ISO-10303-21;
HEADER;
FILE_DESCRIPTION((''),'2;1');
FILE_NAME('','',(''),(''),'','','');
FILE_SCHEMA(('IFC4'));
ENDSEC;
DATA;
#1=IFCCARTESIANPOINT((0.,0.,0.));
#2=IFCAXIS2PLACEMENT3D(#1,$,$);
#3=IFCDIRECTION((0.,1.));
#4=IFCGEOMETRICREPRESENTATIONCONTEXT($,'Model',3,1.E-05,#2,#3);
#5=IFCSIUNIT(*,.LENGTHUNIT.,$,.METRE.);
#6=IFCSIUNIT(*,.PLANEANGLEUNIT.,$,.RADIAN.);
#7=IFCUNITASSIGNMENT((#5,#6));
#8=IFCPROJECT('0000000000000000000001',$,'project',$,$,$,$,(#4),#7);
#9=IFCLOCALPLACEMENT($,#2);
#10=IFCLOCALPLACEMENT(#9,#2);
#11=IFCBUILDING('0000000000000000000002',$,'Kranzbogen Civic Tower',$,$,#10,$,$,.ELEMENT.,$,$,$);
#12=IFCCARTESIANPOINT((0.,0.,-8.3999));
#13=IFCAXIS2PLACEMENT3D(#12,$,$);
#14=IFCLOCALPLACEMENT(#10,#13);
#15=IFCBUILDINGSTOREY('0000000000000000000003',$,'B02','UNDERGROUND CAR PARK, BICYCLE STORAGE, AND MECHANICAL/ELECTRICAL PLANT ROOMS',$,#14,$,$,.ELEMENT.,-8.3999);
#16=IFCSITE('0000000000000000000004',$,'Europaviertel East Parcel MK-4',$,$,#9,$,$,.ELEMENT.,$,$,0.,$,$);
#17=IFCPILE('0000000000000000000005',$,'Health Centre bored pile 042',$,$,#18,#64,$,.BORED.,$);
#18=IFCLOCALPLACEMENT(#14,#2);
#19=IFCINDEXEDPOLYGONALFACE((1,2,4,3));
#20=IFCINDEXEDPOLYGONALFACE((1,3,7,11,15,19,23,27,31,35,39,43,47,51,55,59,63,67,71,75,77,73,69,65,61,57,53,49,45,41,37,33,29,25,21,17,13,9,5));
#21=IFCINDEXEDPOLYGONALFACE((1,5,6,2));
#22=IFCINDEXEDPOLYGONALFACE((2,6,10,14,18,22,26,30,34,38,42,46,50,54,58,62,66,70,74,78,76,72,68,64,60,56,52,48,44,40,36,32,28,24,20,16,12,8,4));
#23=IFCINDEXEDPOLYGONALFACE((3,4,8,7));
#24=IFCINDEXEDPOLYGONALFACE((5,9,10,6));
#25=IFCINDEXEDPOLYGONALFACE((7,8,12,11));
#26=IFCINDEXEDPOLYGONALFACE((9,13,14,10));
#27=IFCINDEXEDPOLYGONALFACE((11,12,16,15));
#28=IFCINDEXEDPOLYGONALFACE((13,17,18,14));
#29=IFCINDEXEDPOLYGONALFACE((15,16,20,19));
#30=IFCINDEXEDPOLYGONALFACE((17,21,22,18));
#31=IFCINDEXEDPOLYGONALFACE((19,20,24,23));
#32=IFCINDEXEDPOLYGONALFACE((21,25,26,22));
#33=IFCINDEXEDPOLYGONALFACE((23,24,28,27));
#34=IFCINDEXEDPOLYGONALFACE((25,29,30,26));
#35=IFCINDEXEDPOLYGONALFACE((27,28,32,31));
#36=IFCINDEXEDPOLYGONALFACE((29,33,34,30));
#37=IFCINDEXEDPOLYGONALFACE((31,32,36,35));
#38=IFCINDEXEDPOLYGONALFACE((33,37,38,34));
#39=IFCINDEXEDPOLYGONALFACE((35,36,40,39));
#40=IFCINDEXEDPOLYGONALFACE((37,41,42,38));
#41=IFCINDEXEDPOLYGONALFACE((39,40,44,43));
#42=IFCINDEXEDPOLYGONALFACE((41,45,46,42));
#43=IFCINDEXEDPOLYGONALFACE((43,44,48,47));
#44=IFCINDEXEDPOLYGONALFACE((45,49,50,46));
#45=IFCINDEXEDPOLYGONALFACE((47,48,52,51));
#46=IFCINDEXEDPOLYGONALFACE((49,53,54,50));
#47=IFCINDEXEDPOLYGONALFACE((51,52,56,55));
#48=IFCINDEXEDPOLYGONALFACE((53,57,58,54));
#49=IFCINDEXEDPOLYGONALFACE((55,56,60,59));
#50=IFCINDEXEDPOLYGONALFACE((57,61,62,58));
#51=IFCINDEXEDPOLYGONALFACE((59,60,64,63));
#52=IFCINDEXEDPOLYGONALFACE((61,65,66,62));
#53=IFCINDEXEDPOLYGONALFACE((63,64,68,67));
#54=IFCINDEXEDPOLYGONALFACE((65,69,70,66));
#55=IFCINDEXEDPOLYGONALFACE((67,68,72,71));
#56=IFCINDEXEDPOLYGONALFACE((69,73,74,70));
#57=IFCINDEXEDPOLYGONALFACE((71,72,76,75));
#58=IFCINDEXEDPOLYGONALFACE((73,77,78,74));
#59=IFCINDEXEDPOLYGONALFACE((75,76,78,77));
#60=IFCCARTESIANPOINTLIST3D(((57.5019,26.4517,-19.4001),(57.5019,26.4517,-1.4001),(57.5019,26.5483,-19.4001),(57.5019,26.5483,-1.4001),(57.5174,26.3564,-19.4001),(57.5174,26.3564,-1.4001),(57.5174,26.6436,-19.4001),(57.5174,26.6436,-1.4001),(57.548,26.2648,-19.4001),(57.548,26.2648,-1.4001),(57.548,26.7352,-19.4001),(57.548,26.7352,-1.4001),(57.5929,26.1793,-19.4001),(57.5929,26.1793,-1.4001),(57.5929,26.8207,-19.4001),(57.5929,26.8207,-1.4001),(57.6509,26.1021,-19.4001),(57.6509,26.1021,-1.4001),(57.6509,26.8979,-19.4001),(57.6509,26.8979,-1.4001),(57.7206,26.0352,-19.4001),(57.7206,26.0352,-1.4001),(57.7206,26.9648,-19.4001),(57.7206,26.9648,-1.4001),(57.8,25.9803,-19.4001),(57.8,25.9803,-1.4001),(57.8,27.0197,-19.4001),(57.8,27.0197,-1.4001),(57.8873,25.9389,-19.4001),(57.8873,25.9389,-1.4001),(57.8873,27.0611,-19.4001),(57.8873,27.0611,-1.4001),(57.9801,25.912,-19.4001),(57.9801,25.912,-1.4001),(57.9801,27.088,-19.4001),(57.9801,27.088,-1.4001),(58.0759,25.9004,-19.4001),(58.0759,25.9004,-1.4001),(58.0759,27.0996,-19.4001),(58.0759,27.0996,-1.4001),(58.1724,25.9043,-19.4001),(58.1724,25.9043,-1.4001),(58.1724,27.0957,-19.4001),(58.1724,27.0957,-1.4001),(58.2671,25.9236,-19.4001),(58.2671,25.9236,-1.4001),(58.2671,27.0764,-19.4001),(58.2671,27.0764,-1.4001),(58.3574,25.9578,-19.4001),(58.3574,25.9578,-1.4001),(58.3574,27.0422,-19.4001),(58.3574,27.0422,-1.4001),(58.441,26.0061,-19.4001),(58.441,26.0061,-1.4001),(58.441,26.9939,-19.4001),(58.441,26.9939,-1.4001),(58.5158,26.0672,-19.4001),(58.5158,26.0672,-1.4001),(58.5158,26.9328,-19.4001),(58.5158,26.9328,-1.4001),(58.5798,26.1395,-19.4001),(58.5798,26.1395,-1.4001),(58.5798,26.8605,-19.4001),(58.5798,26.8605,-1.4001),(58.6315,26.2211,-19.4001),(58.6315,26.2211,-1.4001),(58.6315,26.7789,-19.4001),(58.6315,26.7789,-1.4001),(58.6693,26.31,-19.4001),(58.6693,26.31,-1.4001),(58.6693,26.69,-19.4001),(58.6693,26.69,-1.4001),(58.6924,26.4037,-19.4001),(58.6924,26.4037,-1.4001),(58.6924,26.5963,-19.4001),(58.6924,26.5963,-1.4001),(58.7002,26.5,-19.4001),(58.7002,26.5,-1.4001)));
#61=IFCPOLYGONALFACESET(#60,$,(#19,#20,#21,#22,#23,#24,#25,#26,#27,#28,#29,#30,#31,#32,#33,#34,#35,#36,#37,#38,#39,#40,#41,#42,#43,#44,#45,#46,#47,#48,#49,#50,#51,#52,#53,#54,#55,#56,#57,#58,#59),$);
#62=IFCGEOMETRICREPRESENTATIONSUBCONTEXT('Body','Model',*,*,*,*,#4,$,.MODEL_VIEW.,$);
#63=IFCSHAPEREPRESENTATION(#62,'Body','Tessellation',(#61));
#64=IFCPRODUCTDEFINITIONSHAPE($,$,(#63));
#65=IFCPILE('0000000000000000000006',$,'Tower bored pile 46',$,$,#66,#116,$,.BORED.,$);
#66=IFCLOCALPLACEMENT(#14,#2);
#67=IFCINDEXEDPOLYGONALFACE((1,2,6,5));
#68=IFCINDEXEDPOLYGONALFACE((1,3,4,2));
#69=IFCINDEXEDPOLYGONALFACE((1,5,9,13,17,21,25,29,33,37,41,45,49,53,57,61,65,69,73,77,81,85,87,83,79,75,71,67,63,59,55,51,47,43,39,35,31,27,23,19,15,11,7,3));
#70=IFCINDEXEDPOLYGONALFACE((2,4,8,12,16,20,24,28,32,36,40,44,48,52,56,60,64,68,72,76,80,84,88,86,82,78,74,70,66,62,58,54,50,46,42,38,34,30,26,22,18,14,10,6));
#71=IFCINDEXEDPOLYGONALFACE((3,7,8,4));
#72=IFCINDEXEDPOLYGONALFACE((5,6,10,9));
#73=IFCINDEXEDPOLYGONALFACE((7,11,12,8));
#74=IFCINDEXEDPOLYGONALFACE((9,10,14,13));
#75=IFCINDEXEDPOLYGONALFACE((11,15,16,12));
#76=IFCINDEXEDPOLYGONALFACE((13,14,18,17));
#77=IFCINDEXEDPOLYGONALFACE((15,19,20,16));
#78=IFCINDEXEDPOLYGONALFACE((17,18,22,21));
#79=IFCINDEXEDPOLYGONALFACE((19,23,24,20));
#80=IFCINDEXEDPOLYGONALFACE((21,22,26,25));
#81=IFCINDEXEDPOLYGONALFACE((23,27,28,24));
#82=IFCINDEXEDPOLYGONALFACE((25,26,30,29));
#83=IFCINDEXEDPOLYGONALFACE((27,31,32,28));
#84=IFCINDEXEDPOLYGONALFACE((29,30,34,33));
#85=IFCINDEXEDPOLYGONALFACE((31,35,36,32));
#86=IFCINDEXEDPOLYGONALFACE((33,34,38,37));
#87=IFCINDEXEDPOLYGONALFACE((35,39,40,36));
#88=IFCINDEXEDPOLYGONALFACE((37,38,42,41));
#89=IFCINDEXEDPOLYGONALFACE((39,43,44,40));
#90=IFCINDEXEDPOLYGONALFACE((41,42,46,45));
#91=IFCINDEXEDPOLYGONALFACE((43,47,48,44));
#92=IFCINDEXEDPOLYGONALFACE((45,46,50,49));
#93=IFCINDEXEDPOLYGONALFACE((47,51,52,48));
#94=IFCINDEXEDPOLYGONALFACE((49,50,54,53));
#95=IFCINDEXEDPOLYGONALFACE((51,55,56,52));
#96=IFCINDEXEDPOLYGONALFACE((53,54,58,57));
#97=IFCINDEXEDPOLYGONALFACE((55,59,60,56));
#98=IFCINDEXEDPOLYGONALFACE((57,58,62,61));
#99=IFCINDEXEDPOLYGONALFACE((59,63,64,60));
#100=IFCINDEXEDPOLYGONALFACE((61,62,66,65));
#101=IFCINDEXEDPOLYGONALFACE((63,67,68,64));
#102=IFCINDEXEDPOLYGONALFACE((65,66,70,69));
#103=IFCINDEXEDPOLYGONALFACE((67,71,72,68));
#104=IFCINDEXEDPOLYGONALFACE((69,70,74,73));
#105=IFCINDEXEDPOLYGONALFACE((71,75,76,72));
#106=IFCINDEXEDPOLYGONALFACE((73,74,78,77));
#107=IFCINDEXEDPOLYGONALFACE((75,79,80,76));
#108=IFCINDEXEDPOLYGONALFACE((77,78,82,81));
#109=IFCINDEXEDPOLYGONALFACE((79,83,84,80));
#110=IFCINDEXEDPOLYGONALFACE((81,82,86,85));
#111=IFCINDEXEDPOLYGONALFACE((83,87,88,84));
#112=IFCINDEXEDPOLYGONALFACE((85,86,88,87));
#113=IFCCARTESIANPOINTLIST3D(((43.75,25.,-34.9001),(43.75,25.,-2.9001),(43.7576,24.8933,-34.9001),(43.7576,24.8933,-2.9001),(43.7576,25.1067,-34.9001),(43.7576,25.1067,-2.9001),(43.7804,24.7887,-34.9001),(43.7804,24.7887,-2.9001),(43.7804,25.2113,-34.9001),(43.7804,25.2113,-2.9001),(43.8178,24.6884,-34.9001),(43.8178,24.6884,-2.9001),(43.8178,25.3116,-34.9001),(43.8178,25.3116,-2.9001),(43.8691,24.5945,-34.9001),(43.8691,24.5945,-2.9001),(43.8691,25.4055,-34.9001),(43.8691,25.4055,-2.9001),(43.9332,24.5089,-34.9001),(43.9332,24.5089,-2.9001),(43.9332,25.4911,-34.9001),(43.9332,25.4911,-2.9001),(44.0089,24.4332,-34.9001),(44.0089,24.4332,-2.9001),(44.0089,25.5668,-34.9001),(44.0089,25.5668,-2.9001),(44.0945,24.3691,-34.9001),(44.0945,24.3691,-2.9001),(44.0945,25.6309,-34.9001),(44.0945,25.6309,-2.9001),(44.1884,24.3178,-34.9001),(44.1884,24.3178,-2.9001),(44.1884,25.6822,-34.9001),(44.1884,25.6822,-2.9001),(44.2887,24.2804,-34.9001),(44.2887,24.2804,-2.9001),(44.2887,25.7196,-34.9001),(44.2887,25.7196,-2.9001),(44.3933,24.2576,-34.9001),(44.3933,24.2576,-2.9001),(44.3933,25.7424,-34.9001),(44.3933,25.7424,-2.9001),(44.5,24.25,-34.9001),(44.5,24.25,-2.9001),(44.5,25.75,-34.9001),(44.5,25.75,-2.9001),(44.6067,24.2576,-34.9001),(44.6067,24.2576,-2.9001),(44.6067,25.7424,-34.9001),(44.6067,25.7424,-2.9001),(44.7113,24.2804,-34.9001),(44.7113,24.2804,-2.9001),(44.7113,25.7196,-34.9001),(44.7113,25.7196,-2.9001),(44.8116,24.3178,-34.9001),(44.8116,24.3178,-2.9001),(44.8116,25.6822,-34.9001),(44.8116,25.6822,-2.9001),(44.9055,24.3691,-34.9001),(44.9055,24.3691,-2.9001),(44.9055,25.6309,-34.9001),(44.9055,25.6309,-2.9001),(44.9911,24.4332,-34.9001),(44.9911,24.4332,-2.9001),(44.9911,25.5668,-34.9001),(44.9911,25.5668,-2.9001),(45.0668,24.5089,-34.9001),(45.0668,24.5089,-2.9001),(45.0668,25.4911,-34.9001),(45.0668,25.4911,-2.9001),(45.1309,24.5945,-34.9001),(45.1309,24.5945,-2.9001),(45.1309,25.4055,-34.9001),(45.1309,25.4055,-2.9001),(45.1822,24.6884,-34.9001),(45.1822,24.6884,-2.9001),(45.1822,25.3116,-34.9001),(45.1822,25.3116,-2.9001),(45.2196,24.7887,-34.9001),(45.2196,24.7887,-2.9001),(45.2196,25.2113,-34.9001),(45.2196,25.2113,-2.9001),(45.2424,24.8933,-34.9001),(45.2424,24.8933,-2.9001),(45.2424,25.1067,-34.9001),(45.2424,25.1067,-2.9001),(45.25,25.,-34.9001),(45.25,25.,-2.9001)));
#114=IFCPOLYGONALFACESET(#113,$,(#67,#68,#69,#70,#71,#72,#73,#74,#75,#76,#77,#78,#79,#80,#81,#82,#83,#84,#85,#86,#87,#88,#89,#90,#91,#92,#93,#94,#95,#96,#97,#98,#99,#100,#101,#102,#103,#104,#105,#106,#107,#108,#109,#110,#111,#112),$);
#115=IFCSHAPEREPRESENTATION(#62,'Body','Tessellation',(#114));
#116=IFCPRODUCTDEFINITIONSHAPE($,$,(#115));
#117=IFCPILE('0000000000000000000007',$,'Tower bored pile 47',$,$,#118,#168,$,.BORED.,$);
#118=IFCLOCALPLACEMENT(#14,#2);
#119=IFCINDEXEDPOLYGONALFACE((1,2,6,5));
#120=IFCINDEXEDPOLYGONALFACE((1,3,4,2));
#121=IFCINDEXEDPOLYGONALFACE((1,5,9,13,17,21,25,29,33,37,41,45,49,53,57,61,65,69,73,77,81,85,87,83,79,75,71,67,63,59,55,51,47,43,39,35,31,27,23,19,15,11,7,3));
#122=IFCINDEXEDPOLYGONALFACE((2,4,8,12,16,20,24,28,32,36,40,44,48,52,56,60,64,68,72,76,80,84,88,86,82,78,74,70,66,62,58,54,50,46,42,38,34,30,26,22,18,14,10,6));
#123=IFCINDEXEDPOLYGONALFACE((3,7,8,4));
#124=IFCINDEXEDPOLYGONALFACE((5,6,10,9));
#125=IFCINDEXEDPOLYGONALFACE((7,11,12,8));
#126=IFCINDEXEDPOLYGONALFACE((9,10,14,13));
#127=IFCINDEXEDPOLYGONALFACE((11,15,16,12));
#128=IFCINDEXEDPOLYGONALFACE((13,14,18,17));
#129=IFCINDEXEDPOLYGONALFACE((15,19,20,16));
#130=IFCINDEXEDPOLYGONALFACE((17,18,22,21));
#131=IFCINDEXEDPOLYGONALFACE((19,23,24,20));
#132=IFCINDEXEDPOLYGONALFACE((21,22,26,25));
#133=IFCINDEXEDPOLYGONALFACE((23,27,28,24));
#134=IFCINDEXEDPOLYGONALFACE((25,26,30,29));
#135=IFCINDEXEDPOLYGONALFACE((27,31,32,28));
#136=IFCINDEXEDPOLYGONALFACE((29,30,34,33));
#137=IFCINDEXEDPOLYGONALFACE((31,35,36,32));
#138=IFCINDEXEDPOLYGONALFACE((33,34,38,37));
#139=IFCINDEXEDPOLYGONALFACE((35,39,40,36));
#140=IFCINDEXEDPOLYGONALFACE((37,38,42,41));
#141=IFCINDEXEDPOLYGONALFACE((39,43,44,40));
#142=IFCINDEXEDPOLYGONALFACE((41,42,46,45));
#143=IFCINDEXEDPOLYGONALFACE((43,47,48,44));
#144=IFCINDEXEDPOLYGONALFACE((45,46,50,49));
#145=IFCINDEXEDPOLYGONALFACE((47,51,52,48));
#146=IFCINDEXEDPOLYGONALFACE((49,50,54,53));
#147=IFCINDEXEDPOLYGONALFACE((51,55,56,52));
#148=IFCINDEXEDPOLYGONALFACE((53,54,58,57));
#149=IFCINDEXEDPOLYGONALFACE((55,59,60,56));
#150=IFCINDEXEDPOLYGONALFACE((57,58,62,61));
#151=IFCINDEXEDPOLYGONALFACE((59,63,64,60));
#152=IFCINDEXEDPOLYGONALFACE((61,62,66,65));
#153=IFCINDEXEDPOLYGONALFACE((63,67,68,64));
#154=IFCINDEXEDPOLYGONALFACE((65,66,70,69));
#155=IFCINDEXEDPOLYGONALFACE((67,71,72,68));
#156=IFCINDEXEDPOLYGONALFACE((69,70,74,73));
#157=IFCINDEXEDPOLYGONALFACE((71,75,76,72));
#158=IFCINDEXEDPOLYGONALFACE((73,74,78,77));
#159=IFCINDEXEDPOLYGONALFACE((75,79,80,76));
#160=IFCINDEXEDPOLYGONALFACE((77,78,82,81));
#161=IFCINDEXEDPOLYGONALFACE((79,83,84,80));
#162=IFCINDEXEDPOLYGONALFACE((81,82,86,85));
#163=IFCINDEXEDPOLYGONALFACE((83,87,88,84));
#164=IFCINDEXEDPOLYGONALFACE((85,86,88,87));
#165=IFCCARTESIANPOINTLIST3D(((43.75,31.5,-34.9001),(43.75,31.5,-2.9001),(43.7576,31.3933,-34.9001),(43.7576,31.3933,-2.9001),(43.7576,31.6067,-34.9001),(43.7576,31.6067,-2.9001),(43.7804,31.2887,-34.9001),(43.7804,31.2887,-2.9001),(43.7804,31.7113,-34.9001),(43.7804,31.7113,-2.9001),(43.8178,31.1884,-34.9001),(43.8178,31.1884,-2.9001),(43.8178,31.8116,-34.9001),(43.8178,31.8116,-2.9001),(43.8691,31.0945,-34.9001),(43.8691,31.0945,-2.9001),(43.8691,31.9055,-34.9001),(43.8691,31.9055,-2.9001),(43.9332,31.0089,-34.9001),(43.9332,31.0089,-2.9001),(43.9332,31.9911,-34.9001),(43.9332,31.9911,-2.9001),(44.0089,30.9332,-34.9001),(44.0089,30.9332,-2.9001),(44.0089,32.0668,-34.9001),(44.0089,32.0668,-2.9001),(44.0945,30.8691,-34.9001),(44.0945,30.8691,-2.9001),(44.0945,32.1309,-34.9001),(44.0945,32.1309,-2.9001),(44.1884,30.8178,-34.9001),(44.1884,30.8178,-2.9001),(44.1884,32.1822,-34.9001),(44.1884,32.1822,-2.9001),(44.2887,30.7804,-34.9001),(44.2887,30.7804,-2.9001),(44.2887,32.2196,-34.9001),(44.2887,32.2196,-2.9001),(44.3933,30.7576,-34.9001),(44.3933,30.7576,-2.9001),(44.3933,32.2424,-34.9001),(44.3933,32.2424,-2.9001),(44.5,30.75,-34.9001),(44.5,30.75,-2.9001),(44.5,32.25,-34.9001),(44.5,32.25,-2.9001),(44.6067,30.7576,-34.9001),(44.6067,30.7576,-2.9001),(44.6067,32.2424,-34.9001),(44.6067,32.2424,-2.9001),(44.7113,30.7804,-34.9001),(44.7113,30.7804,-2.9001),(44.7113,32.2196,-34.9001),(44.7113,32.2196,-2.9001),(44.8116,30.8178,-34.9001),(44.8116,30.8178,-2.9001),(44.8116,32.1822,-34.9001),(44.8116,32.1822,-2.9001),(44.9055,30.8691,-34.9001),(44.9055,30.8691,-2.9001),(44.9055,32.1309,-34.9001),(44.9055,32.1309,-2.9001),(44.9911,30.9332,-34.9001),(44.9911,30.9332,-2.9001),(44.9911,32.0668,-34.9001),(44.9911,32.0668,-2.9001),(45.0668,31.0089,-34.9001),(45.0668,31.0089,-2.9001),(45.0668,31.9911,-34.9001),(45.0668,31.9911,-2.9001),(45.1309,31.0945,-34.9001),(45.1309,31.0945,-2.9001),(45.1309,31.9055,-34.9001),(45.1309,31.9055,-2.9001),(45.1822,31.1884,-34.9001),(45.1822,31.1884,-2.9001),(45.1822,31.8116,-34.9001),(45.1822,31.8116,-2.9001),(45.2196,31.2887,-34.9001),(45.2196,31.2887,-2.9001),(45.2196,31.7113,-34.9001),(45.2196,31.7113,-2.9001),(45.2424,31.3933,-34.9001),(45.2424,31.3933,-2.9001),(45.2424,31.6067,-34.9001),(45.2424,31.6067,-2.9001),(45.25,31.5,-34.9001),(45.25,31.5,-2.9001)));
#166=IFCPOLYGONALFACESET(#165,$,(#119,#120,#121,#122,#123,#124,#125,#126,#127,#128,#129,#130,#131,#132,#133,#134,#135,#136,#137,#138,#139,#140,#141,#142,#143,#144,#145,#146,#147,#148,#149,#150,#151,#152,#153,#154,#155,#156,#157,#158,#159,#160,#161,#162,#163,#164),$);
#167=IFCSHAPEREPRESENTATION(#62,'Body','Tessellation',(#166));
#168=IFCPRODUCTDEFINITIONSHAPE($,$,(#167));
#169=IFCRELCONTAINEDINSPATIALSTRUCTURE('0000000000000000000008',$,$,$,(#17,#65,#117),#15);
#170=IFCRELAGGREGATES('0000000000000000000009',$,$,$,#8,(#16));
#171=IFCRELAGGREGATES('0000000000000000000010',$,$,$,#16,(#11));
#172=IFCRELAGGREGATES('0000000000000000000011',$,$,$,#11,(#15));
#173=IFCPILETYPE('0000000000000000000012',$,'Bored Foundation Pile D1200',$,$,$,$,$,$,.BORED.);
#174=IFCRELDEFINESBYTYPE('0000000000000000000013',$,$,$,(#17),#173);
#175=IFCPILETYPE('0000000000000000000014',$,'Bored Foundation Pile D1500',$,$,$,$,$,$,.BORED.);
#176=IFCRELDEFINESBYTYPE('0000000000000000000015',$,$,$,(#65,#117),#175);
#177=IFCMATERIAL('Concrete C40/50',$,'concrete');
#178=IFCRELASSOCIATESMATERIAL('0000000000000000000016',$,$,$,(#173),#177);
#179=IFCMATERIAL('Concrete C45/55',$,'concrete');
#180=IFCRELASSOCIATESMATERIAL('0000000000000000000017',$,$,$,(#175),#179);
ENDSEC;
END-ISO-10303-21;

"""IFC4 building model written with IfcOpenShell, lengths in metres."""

from ifc_helpers import new_model, si_unit, direction, frame, origin, origin_2d, place, context, subcontext, project, spatial, circle, extrude, material, material_profile, profile_set, type_object, element, save


model = new_model("IFC4")

# Units and contexts
model_context = context("Model", 3, precision=1e-05, world=origin(), true_north=direction((0.0, 1.0)))
body_context = subcontext(model_context, "Body", "Model", "MODEL_VIEW")
ifc_project = project(units=[si_unit("LENGTHUNIT", "METRE"), si_unit("PLANEANGLEUNIT", "RADIAN")], contexts=[model_context])

# Site, building, storey
site_placement = place(None, origin())
site = spatial("IfcSite", under=ifc_project, at=site_placement, Name="Europaviertel East Parcel MK-4", CompositionType="ELEMENT", RefElevation=0.0)
building_placement = place(site_placement, origin())
building = spatial("IfcBuilding", under=site, at=building_placement, Name="Kranzbogen Civic Tower", CompositionType="ELEMENT")
storey_placement = place(building_placement, frame((0.0, 0.0, -8.3999)))
storey = spatial("IfcBuildingStorey", under=building, at=storey_placement, Name="B02", Description="UNDERGROUND CAR PARK, BICYCLE STORAGE, AND MECHANICAL/ELECTRICAL PLANT ROOMS", CompositionType="ELEMENT", Elevation=-8.3999)

# Piles
ifc_material_1 = material(Name="Concrete C40/50", Category="concrete")
ifc_material_profile_1 = material_profile(ifc_material_1, circle(Radius=0.6001, at=origin_2d()), Name="PILE D1200")
ifc_profile_set_1 = profile_set([ifc_material_profile_1], Name="Concrete C40/50")
pile_type_1 = type_object("IfcPileType", Name="Bored Foundation Pile D1200", PredefinedType="BORED", material=ifc_profile_set_1)
pile_placement = place(storey_placement, frame((58.1001, 26.5, -1.4001), z_axis=(0.0, 0.0, -1.0), x_axis=(1.0, 0.0, 0.0)))
element("IfcPile", 1, at=pile_placement, inside=storey, type_object=pile_type_1, Name="Health Centre bored pile 042", PredefinedType="BORED", context=body_context, shape_type="SweptSolid", body=[
    extrude(circle(Radius=0.6001, at=origin_2d()), origin(), (0.0, 0.0, 1.0), 18.0),
])
ifc_material_2 = material(Name="Concrete C45/55", Category="concrete")
ifc_material_profile_2 = material_profile(ifc_material_2, circle(Radius=0.75, at=origin_2d()), Name="PILE D1500")
ifc_profile_set_2 = profile_set([ifc_material_profile_2], Name="Concrete C45/55")
pile_type_2 = type_object("IfcPileType", Name="Bored Foundation Pile D1500", PredefinedType="BORED", material=ifc_profile_set_2)
for number, where, z_axis, x_axis, name in (
    (2, (44.5, 25.0, -2.9001), (0.0, 0.0, -1.0), (1.0, 0.0, 0.0), "Tower bored pile 46"),
    (3, (44.5, 31.5, -2.9001), (0.0, 0.0, -1.0), (1.0, 0.0, 0.0), "Tower bored pile 47"),
):
    element("IfcPile", number, at=place(storey_placement, frame(where, z_axis=z_axis, x_axis=x_axis)), inside=storey, type_object=pile_type_2, Name=name, PredefinedType="BORED", context=body_context, shape_type="SweptSolid", body=[
        extrude(circle(Radius=0.75, at=origin_2d()), origin(), (0.0, 0.0, 1.0), 32.0),
    ])

save(model, "model.ifc")
